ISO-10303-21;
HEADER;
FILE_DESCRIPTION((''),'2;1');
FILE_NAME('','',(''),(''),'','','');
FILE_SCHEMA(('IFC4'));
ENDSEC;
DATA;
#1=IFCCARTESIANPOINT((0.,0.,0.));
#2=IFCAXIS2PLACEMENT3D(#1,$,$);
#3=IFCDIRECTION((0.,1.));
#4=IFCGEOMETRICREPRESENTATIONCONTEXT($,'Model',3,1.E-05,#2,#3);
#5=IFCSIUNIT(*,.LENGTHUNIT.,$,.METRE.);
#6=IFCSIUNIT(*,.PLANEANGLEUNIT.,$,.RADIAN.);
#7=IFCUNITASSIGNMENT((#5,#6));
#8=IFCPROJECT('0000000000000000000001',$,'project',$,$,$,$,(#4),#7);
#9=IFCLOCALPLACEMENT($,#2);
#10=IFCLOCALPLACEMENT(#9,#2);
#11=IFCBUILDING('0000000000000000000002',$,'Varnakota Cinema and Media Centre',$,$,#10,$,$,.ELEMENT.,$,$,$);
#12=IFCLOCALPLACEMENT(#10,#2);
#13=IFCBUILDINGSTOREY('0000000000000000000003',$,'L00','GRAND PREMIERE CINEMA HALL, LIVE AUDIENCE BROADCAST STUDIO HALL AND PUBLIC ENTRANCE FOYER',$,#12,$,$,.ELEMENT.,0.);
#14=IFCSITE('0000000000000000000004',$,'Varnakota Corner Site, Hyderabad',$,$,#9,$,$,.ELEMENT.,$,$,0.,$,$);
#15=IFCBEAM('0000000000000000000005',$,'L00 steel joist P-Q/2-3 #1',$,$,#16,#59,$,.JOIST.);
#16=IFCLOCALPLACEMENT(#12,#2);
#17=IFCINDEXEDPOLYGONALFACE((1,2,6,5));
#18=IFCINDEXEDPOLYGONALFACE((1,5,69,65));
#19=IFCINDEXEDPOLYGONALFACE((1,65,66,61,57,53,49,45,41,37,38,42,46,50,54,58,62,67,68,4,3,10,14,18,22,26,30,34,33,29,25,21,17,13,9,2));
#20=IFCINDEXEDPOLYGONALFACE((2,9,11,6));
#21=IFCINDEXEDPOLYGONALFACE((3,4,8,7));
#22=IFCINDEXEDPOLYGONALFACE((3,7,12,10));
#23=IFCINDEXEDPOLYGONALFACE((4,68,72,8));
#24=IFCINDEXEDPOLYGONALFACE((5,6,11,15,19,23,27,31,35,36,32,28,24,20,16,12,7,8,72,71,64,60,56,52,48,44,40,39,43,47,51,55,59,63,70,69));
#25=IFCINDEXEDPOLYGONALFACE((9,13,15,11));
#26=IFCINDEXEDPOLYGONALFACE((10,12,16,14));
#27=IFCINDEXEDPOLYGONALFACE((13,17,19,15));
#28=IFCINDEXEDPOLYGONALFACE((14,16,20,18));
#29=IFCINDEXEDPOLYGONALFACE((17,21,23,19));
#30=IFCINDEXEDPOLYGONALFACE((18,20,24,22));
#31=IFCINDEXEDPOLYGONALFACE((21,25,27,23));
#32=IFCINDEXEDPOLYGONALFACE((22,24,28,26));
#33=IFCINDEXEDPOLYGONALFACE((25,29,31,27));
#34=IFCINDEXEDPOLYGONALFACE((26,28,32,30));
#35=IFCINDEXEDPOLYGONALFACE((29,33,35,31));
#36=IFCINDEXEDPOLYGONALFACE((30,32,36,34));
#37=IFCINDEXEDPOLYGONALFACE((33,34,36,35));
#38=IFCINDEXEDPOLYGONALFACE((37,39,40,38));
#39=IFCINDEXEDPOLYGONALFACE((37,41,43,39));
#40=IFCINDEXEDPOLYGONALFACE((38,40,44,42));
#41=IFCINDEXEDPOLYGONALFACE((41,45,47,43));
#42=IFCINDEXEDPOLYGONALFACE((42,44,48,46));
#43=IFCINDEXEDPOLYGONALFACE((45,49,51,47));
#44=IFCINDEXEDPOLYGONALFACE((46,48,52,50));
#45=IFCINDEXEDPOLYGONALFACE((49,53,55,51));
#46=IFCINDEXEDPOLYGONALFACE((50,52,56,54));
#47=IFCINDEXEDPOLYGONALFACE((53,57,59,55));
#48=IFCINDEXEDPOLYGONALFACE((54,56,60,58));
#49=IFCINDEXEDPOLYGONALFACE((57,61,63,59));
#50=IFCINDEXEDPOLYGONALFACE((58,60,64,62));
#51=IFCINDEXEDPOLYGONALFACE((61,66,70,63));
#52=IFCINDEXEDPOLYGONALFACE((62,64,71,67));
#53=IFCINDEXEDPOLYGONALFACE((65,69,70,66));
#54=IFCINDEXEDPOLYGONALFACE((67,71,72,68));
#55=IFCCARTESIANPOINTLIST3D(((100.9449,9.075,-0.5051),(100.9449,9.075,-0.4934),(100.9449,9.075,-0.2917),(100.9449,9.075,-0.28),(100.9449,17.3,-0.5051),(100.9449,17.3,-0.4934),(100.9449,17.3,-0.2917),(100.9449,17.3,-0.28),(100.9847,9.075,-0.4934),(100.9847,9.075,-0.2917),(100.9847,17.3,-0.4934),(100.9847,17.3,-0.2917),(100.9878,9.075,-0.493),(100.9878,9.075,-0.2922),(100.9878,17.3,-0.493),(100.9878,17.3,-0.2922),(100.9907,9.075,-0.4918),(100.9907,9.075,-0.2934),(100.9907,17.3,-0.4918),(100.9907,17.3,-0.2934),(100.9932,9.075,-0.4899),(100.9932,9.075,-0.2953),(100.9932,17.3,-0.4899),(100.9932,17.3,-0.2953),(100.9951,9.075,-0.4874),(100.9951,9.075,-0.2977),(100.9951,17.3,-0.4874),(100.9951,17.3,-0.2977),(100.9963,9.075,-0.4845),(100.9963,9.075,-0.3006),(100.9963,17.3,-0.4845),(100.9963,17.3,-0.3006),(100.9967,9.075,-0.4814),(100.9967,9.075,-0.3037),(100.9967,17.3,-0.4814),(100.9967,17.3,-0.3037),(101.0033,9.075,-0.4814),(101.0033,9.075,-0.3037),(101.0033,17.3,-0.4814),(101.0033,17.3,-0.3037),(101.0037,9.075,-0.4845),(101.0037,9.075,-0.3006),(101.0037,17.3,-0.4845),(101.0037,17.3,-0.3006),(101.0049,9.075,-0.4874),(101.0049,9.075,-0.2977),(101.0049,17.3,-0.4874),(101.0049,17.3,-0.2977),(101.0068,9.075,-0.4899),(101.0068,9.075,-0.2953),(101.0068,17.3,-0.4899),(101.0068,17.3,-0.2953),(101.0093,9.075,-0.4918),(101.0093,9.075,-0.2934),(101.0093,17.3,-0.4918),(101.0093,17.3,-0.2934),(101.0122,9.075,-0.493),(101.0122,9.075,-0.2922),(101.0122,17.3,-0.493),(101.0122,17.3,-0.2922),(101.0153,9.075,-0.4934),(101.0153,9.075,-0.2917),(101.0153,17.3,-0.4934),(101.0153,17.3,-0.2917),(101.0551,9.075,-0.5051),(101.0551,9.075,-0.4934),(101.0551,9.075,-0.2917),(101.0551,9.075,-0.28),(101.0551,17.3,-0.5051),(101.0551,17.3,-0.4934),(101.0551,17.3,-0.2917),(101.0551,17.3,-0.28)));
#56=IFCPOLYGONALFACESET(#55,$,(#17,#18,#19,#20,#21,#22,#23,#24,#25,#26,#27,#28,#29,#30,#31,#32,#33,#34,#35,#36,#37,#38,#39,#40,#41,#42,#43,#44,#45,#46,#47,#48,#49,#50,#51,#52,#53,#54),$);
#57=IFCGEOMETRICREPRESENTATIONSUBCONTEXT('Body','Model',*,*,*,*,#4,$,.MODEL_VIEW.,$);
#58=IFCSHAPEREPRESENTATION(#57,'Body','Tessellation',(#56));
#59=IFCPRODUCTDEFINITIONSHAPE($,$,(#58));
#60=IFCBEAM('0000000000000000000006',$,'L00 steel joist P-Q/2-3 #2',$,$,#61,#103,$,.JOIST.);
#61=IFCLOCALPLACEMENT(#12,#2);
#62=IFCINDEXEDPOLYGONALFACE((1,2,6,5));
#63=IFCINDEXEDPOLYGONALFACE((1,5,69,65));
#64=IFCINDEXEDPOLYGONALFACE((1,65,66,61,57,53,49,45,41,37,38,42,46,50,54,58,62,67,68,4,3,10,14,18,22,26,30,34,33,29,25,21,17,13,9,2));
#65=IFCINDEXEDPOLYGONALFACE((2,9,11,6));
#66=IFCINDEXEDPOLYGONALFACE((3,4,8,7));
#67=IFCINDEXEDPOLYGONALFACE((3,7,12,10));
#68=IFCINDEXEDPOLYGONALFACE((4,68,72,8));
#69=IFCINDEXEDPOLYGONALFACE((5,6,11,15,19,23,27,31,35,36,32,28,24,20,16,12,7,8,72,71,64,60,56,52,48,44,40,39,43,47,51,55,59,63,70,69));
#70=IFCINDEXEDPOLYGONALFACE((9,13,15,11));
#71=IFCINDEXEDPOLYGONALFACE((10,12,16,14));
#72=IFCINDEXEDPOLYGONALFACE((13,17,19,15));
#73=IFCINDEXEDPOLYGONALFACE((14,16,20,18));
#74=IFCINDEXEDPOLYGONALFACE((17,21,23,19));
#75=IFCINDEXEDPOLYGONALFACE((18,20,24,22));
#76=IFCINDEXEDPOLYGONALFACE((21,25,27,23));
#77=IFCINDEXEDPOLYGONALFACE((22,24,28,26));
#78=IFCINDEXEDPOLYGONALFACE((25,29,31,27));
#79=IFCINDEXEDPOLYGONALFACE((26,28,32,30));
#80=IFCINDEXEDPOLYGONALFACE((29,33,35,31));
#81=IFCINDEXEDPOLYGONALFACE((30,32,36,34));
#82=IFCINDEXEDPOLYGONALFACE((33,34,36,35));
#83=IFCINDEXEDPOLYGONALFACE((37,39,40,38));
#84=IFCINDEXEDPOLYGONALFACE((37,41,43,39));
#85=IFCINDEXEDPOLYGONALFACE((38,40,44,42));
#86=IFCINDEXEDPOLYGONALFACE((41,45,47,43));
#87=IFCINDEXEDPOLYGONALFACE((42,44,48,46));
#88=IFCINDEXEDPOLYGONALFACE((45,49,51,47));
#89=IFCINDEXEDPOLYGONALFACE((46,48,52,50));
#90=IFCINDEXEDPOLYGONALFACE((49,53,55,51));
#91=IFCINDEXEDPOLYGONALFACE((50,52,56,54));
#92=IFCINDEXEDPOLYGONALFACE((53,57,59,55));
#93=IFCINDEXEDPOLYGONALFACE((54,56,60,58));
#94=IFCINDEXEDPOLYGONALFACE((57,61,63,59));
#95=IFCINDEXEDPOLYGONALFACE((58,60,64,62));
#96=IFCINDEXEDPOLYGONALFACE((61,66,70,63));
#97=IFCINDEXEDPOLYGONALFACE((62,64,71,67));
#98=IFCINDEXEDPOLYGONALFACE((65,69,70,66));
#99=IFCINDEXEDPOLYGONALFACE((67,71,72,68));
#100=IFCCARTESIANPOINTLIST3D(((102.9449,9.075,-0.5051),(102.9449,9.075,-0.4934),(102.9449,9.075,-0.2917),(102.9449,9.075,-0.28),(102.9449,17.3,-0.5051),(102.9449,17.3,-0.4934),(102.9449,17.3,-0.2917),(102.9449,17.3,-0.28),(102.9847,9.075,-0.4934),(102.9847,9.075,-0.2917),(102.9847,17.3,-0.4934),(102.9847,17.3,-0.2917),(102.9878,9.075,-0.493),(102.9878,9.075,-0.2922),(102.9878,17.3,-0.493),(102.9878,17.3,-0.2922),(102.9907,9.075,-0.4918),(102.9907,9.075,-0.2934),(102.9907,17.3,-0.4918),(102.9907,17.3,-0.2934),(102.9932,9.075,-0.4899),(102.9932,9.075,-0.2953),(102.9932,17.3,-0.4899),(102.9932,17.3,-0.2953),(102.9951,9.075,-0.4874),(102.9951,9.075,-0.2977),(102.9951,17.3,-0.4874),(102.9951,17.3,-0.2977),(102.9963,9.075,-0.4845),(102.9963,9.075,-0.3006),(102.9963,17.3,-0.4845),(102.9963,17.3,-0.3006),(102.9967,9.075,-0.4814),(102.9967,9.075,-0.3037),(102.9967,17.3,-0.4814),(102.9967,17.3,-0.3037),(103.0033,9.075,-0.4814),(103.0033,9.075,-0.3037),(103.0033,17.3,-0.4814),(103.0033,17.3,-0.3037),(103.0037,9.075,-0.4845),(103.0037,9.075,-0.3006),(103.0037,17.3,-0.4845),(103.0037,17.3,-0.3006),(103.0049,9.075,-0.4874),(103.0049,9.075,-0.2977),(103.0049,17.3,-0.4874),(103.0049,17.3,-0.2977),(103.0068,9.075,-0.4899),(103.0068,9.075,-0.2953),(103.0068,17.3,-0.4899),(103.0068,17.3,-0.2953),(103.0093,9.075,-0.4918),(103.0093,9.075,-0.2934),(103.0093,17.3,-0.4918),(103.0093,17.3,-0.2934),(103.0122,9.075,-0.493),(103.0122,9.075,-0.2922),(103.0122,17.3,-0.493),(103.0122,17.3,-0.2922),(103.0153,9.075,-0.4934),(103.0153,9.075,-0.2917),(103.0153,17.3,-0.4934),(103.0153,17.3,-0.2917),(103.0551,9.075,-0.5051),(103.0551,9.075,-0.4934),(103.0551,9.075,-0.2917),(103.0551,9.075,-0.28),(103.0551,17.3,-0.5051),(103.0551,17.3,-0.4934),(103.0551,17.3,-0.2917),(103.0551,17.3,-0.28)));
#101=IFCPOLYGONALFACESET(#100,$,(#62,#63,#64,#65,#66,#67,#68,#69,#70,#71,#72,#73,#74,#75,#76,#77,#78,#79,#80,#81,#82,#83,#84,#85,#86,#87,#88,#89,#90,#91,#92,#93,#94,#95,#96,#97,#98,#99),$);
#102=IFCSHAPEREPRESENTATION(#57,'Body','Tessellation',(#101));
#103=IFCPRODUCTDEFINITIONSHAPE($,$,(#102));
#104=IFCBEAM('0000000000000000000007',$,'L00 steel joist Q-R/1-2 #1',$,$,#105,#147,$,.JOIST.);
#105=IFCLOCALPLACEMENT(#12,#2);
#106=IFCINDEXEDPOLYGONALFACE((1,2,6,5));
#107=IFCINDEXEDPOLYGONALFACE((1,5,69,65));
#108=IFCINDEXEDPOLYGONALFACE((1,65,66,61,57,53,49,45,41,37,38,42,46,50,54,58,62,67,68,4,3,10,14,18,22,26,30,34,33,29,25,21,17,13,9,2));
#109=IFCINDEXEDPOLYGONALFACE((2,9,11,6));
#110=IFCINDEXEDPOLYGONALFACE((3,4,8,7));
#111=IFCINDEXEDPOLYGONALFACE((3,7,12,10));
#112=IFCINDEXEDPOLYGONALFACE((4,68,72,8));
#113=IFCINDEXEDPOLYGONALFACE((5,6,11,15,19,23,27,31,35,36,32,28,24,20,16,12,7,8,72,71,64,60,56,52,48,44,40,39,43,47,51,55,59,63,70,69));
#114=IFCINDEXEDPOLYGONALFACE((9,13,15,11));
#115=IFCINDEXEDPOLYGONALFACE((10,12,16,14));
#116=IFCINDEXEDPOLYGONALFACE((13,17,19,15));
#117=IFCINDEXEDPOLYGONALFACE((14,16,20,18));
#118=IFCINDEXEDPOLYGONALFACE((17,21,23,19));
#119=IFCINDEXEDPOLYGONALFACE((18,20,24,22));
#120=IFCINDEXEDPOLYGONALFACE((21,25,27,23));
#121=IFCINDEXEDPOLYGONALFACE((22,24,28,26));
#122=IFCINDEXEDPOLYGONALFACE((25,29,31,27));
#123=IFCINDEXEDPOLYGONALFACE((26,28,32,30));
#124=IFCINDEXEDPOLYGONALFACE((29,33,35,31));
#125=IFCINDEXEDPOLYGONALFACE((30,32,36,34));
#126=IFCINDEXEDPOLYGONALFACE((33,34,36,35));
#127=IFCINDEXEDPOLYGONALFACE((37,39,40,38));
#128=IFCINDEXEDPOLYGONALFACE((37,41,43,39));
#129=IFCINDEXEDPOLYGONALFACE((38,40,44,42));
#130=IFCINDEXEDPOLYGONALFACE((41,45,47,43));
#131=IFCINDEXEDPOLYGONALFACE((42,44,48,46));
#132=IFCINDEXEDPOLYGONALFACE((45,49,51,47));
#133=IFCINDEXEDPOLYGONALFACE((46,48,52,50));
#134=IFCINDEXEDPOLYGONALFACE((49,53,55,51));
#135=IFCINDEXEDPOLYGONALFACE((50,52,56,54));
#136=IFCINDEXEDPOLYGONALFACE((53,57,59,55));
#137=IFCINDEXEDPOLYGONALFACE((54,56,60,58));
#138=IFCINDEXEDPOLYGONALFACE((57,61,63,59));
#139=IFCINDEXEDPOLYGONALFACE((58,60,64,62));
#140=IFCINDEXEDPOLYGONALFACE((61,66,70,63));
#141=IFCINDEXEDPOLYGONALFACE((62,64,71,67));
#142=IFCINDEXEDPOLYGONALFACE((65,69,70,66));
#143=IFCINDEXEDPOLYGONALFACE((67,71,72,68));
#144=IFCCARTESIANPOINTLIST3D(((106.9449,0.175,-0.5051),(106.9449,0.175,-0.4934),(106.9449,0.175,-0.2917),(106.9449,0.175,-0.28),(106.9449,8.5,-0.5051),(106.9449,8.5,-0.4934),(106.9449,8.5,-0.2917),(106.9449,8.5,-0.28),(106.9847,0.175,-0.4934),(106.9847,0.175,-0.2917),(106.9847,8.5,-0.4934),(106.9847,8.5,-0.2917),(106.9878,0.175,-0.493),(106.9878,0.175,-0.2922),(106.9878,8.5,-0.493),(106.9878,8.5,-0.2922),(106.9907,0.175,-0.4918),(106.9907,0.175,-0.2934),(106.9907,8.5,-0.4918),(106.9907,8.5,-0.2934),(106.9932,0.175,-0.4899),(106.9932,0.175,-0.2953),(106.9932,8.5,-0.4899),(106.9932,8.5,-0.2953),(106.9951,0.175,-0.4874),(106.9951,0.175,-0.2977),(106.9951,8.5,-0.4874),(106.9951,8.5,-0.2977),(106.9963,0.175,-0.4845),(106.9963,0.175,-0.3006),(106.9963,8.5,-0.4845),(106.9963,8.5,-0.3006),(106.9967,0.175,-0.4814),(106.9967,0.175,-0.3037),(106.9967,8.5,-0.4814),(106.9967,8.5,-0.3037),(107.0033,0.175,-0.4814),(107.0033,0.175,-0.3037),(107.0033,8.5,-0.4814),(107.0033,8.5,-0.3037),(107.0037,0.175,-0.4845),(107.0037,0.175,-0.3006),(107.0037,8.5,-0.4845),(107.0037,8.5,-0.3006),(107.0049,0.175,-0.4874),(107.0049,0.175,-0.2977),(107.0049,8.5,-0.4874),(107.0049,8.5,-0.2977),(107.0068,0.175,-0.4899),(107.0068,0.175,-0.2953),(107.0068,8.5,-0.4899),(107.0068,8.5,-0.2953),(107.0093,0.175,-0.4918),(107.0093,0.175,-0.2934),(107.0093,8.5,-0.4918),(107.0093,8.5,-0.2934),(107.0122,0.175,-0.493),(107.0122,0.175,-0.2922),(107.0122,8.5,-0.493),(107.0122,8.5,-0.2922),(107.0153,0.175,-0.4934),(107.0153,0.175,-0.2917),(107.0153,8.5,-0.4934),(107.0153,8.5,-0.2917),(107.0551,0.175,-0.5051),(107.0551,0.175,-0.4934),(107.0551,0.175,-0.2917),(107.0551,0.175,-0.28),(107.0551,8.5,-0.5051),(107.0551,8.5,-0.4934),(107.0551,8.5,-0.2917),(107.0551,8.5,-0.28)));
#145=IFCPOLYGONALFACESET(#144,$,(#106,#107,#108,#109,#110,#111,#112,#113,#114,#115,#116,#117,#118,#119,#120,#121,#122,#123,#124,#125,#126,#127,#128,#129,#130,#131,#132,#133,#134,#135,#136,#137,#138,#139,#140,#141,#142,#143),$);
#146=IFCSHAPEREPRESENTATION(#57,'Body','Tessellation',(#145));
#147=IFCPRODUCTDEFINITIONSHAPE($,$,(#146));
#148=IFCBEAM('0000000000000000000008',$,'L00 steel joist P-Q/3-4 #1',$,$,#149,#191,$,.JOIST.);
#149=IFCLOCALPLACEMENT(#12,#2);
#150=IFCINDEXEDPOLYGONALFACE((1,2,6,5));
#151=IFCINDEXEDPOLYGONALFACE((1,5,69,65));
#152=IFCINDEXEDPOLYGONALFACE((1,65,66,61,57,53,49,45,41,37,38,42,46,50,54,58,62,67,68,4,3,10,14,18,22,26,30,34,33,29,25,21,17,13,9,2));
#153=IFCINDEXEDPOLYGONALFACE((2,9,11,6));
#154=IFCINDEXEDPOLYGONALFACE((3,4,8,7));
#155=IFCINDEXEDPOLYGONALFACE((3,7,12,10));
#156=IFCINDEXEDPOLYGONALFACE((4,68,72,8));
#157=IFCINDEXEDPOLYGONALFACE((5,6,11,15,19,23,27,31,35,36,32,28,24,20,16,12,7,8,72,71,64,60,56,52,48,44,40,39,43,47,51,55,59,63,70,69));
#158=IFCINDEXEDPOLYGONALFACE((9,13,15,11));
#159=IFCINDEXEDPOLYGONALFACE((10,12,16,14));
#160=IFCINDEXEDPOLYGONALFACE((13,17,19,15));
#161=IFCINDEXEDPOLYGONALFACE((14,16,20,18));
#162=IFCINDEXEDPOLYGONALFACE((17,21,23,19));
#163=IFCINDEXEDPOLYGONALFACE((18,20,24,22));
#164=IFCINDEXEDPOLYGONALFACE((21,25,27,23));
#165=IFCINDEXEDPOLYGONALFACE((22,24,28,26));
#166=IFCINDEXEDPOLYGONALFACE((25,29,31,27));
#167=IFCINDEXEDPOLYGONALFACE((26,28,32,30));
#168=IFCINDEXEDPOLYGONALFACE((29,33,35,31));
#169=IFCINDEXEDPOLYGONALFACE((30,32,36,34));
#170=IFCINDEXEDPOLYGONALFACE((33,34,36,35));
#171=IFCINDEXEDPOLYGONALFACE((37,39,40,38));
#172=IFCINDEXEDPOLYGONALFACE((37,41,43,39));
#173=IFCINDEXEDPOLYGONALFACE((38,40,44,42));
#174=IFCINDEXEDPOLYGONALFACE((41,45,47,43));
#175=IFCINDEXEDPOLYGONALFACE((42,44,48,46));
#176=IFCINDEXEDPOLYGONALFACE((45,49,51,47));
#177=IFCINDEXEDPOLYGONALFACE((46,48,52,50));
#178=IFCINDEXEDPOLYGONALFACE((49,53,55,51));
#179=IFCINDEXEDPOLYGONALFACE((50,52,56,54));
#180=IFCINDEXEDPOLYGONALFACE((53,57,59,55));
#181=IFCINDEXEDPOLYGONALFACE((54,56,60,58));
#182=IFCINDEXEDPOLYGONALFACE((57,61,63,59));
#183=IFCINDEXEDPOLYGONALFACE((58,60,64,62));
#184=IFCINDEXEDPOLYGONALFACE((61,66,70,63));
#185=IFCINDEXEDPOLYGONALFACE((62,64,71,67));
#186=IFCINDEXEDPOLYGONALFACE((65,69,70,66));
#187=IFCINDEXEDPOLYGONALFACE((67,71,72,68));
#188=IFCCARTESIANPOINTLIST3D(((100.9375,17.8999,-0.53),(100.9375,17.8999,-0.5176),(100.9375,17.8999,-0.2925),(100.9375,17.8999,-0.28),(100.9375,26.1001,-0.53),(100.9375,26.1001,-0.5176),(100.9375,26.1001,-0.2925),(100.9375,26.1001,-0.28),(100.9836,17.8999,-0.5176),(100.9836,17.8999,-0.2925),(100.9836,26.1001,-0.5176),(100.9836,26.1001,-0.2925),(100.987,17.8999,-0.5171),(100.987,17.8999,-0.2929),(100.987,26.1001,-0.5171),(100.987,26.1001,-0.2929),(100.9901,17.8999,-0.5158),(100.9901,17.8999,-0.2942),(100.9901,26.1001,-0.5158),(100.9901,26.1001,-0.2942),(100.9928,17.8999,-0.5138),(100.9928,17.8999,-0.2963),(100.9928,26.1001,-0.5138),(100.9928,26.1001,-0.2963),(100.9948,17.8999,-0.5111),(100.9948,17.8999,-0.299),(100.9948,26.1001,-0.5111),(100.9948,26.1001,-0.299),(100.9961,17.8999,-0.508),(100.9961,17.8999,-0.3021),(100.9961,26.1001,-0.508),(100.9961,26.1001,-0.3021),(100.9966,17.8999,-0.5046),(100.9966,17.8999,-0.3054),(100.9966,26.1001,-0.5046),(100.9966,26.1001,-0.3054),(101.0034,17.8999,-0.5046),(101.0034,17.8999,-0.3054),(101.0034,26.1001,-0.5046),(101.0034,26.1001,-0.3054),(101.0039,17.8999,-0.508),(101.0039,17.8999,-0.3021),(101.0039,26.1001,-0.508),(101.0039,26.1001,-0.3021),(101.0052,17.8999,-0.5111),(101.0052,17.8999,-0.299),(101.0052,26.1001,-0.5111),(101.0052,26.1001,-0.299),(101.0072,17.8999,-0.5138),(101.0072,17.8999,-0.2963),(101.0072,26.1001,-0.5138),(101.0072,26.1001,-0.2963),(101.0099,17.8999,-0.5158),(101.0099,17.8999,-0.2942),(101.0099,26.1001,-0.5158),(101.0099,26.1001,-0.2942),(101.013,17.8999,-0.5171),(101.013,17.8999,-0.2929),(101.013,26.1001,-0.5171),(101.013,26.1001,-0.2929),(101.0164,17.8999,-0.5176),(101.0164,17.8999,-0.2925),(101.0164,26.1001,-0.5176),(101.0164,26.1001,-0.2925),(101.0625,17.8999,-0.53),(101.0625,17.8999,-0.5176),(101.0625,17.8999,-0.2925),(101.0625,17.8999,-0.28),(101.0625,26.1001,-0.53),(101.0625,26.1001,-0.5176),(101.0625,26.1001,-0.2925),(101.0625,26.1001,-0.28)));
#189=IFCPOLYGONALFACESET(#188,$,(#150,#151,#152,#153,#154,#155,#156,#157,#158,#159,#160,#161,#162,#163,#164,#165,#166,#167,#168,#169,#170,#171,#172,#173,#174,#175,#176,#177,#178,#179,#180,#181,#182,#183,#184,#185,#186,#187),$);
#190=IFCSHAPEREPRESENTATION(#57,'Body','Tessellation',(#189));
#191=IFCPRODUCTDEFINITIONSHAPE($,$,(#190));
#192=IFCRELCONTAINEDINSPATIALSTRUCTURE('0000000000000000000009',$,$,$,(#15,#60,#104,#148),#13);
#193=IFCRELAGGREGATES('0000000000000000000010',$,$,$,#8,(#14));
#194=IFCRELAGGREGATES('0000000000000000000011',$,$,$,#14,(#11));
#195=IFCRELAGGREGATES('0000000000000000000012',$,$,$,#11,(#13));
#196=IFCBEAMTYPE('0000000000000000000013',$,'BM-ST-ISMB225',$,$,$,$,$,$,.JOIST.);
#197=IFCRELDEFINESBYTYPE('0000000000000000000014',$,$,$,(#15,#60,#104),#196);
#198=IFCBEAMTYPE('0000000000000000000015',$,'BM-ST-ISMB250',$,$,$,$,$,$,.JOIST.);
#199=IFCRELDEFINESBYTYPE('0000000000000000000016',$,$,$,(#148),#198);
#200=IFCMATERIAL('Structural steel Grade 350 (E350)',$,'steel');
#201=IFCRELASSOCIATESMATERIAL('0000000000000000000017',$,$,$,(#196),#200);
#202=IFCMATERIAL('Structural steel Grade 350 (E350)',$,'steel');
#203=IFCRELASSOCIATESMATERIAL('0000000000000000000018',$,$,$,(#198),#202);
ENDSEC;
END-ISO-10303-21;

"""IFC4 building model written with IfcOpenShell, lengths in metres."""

from ifc_helpers import new_model, si_unit, direction, frame, origin, origin_2d, place, context, subcontext, project, spatial, i_section, extrude, material, material_profile, profile_set, type_object, element, save


model = new_model("IFC4")

# Units and contexts
model_context = context("Model", 3, precision=1e-05, world=origin(), true_north=direction((0.0, 1.0)))
body_context = subcontext(model_context, "Body", "Model", "MODEL_VIEW")
ifc_project = project(units=[si_unit("LENGTHUNIT", "METRE"), si_unit("PLANEANGLEUNIT", "RADIAN")], contexts=[model_context])

# Site, building, storey
site_placement = place(None, origin())
site = spatial("IfcSite", under=ifc_project, at=site_placement, Name="Varnakota Corner Site, Hyderabad", CompositionType="ELEMENT", RefElevation=0.0)
building_placement = place(site_placement, origin())
building = spatial("IfcBuilding", under=site, at=building_placement, Name="Varnakota Cinema and Media Centre", CompositionType="ELEMENT")
storey_placement = place(building_placement, origin())
storey = spatial("IfcBuildingStorey", under=building, at=storey_placement, Name="L00", Description="GRAND PREMIERE CINEMA HALL, LIVE AUDIENCE BROADCAST STUDIO HALL AND PUBLIC ENTRANCE FOYER", CompositionType="ELEMENT", Elevation=0.0)

# Beams
ifc_material_1 = material(Name="Structural steel Grade 350 (E350)", Category="steel")
ifc_material_profile_1 = material_profile(ifc_material_1, i_section(OverallWidth=0.1101, OverallDepth=0.2251, WebThickness=0.0066, FlangeThickness=0.0117, FilletRadius=0.012, at=origin_2d()), Name="ISMB 225")
ifc_profile_set_1 = profile_set([ifc_material_profile_1], Name="Structural steel Grade 350 (E350)")
beam_type_1 = type_object("IfcBeamType", Name="BM-ST-ISMB225", PredefinedType="JOIST", material=ifc_profile_set_1)
for number, where, z_axis, x_axis, name in (
    (1, (101.0, 9.075, -0.3926), (0.0, 1.0, 0.0), (-1.0, 0.0, 0.0), "L00 steel joist P-Q/2-3 #1"),
    (2, (103.0, 9.075, -0.3926), (0.0, 1.0, 0.0), (-1.0, 0.0, 0.0), "L00 steel joist P-Q/2-3 #2"),
):
    element("IfcBeam", number, at=place(storey_placement, frame(where, z_axis=z_axis, x_axis=x_axis)), inside=storey, type_object=beam_type_1, Name=name, PredefinedType="JOIST", context=body_context, shape_type="SweptSolid", body=[
        extrude(i_section(OverallWidth=0.1101, OverallDepth=0.2251, WebThickness=0.0066, FlangeThickness=0.0117, FilletRadius=0.012, at=origin_2d()), origin(), (0.0, 0.0, 1.0), 8.2251),
    ])
beam_1_placement = place(storey_placement, frame((107.0, 0.175, -0.3926), z_axis=(0.0, 1.0, 0.0), x_axis=(-1.0, 0.0, 0.0)))
element("IfcBeam", 3, at=beam_1_placement, inside=storey, type_object=beam_type_1, Name="L00 steel joist Q-R/1-2 #1", PredefinedType="JOIST", context=body_context, shape_type="SweptSolid", body=[
    extrude(i_section(OverallWidth=0.1101, OverallDepth=0.2251, WebThickness=0.0066, FlangeThickness=0.0117, FilletRadius=0.012, at=origin_2d()), origin(), (0.0, 0.0, 1.0), 8.325),
])
ifc_material_2 = material(Name="Structural steel Grade 350 (E350)", Category="steel")
ifc_material_profile_2 = material_profile(ifc_material_2, i_section(OverallWidth=0.125, OverallDepth=0.25, WebThickness=0.0068, FlangeThickness=0.0125, FilletRadius=0.0129, at=origin_2d()), Name="ISMB 250")
ifc_profile_set_2 = profile_set([ifc_material_profile_2], Name="Structural steel Grade 350 (E350)")
beam_type_2 = type_object("IfcBeamType", Name="BM-ST-ISMB250", PredefinedType="JOIST", material=ifc_profile_set_2)
for number, where, z_axis, x_axis, name in (
    (4, (101.0, 17.8999, -0.405), (0.0, 1.0, 0.0), (-1.0, 0.0, 0.0), "L00 steel joist P-Q/3-4 #1"),
):
    element("IfcBeam", number, at=place(storey_placement, frame(where, z_axis=z_axis, x_axis=x_axis)), inside=storey, type_object=beam_type_2, Name=name, PredefinedType="JOIST", context=body_context, shape_type="SweptSolid", body=[
        extrude(i_section(OverallWidth=0.125, OverallDepth=0.25, WebThickness=0.0068, FlangeThickness=0.0125, FilletRadius=0.0129, at=origin_2d()), origin(), (0.0, 0.0, 1.0), 8.2002),
    ])

save(model, "model.ifc")
